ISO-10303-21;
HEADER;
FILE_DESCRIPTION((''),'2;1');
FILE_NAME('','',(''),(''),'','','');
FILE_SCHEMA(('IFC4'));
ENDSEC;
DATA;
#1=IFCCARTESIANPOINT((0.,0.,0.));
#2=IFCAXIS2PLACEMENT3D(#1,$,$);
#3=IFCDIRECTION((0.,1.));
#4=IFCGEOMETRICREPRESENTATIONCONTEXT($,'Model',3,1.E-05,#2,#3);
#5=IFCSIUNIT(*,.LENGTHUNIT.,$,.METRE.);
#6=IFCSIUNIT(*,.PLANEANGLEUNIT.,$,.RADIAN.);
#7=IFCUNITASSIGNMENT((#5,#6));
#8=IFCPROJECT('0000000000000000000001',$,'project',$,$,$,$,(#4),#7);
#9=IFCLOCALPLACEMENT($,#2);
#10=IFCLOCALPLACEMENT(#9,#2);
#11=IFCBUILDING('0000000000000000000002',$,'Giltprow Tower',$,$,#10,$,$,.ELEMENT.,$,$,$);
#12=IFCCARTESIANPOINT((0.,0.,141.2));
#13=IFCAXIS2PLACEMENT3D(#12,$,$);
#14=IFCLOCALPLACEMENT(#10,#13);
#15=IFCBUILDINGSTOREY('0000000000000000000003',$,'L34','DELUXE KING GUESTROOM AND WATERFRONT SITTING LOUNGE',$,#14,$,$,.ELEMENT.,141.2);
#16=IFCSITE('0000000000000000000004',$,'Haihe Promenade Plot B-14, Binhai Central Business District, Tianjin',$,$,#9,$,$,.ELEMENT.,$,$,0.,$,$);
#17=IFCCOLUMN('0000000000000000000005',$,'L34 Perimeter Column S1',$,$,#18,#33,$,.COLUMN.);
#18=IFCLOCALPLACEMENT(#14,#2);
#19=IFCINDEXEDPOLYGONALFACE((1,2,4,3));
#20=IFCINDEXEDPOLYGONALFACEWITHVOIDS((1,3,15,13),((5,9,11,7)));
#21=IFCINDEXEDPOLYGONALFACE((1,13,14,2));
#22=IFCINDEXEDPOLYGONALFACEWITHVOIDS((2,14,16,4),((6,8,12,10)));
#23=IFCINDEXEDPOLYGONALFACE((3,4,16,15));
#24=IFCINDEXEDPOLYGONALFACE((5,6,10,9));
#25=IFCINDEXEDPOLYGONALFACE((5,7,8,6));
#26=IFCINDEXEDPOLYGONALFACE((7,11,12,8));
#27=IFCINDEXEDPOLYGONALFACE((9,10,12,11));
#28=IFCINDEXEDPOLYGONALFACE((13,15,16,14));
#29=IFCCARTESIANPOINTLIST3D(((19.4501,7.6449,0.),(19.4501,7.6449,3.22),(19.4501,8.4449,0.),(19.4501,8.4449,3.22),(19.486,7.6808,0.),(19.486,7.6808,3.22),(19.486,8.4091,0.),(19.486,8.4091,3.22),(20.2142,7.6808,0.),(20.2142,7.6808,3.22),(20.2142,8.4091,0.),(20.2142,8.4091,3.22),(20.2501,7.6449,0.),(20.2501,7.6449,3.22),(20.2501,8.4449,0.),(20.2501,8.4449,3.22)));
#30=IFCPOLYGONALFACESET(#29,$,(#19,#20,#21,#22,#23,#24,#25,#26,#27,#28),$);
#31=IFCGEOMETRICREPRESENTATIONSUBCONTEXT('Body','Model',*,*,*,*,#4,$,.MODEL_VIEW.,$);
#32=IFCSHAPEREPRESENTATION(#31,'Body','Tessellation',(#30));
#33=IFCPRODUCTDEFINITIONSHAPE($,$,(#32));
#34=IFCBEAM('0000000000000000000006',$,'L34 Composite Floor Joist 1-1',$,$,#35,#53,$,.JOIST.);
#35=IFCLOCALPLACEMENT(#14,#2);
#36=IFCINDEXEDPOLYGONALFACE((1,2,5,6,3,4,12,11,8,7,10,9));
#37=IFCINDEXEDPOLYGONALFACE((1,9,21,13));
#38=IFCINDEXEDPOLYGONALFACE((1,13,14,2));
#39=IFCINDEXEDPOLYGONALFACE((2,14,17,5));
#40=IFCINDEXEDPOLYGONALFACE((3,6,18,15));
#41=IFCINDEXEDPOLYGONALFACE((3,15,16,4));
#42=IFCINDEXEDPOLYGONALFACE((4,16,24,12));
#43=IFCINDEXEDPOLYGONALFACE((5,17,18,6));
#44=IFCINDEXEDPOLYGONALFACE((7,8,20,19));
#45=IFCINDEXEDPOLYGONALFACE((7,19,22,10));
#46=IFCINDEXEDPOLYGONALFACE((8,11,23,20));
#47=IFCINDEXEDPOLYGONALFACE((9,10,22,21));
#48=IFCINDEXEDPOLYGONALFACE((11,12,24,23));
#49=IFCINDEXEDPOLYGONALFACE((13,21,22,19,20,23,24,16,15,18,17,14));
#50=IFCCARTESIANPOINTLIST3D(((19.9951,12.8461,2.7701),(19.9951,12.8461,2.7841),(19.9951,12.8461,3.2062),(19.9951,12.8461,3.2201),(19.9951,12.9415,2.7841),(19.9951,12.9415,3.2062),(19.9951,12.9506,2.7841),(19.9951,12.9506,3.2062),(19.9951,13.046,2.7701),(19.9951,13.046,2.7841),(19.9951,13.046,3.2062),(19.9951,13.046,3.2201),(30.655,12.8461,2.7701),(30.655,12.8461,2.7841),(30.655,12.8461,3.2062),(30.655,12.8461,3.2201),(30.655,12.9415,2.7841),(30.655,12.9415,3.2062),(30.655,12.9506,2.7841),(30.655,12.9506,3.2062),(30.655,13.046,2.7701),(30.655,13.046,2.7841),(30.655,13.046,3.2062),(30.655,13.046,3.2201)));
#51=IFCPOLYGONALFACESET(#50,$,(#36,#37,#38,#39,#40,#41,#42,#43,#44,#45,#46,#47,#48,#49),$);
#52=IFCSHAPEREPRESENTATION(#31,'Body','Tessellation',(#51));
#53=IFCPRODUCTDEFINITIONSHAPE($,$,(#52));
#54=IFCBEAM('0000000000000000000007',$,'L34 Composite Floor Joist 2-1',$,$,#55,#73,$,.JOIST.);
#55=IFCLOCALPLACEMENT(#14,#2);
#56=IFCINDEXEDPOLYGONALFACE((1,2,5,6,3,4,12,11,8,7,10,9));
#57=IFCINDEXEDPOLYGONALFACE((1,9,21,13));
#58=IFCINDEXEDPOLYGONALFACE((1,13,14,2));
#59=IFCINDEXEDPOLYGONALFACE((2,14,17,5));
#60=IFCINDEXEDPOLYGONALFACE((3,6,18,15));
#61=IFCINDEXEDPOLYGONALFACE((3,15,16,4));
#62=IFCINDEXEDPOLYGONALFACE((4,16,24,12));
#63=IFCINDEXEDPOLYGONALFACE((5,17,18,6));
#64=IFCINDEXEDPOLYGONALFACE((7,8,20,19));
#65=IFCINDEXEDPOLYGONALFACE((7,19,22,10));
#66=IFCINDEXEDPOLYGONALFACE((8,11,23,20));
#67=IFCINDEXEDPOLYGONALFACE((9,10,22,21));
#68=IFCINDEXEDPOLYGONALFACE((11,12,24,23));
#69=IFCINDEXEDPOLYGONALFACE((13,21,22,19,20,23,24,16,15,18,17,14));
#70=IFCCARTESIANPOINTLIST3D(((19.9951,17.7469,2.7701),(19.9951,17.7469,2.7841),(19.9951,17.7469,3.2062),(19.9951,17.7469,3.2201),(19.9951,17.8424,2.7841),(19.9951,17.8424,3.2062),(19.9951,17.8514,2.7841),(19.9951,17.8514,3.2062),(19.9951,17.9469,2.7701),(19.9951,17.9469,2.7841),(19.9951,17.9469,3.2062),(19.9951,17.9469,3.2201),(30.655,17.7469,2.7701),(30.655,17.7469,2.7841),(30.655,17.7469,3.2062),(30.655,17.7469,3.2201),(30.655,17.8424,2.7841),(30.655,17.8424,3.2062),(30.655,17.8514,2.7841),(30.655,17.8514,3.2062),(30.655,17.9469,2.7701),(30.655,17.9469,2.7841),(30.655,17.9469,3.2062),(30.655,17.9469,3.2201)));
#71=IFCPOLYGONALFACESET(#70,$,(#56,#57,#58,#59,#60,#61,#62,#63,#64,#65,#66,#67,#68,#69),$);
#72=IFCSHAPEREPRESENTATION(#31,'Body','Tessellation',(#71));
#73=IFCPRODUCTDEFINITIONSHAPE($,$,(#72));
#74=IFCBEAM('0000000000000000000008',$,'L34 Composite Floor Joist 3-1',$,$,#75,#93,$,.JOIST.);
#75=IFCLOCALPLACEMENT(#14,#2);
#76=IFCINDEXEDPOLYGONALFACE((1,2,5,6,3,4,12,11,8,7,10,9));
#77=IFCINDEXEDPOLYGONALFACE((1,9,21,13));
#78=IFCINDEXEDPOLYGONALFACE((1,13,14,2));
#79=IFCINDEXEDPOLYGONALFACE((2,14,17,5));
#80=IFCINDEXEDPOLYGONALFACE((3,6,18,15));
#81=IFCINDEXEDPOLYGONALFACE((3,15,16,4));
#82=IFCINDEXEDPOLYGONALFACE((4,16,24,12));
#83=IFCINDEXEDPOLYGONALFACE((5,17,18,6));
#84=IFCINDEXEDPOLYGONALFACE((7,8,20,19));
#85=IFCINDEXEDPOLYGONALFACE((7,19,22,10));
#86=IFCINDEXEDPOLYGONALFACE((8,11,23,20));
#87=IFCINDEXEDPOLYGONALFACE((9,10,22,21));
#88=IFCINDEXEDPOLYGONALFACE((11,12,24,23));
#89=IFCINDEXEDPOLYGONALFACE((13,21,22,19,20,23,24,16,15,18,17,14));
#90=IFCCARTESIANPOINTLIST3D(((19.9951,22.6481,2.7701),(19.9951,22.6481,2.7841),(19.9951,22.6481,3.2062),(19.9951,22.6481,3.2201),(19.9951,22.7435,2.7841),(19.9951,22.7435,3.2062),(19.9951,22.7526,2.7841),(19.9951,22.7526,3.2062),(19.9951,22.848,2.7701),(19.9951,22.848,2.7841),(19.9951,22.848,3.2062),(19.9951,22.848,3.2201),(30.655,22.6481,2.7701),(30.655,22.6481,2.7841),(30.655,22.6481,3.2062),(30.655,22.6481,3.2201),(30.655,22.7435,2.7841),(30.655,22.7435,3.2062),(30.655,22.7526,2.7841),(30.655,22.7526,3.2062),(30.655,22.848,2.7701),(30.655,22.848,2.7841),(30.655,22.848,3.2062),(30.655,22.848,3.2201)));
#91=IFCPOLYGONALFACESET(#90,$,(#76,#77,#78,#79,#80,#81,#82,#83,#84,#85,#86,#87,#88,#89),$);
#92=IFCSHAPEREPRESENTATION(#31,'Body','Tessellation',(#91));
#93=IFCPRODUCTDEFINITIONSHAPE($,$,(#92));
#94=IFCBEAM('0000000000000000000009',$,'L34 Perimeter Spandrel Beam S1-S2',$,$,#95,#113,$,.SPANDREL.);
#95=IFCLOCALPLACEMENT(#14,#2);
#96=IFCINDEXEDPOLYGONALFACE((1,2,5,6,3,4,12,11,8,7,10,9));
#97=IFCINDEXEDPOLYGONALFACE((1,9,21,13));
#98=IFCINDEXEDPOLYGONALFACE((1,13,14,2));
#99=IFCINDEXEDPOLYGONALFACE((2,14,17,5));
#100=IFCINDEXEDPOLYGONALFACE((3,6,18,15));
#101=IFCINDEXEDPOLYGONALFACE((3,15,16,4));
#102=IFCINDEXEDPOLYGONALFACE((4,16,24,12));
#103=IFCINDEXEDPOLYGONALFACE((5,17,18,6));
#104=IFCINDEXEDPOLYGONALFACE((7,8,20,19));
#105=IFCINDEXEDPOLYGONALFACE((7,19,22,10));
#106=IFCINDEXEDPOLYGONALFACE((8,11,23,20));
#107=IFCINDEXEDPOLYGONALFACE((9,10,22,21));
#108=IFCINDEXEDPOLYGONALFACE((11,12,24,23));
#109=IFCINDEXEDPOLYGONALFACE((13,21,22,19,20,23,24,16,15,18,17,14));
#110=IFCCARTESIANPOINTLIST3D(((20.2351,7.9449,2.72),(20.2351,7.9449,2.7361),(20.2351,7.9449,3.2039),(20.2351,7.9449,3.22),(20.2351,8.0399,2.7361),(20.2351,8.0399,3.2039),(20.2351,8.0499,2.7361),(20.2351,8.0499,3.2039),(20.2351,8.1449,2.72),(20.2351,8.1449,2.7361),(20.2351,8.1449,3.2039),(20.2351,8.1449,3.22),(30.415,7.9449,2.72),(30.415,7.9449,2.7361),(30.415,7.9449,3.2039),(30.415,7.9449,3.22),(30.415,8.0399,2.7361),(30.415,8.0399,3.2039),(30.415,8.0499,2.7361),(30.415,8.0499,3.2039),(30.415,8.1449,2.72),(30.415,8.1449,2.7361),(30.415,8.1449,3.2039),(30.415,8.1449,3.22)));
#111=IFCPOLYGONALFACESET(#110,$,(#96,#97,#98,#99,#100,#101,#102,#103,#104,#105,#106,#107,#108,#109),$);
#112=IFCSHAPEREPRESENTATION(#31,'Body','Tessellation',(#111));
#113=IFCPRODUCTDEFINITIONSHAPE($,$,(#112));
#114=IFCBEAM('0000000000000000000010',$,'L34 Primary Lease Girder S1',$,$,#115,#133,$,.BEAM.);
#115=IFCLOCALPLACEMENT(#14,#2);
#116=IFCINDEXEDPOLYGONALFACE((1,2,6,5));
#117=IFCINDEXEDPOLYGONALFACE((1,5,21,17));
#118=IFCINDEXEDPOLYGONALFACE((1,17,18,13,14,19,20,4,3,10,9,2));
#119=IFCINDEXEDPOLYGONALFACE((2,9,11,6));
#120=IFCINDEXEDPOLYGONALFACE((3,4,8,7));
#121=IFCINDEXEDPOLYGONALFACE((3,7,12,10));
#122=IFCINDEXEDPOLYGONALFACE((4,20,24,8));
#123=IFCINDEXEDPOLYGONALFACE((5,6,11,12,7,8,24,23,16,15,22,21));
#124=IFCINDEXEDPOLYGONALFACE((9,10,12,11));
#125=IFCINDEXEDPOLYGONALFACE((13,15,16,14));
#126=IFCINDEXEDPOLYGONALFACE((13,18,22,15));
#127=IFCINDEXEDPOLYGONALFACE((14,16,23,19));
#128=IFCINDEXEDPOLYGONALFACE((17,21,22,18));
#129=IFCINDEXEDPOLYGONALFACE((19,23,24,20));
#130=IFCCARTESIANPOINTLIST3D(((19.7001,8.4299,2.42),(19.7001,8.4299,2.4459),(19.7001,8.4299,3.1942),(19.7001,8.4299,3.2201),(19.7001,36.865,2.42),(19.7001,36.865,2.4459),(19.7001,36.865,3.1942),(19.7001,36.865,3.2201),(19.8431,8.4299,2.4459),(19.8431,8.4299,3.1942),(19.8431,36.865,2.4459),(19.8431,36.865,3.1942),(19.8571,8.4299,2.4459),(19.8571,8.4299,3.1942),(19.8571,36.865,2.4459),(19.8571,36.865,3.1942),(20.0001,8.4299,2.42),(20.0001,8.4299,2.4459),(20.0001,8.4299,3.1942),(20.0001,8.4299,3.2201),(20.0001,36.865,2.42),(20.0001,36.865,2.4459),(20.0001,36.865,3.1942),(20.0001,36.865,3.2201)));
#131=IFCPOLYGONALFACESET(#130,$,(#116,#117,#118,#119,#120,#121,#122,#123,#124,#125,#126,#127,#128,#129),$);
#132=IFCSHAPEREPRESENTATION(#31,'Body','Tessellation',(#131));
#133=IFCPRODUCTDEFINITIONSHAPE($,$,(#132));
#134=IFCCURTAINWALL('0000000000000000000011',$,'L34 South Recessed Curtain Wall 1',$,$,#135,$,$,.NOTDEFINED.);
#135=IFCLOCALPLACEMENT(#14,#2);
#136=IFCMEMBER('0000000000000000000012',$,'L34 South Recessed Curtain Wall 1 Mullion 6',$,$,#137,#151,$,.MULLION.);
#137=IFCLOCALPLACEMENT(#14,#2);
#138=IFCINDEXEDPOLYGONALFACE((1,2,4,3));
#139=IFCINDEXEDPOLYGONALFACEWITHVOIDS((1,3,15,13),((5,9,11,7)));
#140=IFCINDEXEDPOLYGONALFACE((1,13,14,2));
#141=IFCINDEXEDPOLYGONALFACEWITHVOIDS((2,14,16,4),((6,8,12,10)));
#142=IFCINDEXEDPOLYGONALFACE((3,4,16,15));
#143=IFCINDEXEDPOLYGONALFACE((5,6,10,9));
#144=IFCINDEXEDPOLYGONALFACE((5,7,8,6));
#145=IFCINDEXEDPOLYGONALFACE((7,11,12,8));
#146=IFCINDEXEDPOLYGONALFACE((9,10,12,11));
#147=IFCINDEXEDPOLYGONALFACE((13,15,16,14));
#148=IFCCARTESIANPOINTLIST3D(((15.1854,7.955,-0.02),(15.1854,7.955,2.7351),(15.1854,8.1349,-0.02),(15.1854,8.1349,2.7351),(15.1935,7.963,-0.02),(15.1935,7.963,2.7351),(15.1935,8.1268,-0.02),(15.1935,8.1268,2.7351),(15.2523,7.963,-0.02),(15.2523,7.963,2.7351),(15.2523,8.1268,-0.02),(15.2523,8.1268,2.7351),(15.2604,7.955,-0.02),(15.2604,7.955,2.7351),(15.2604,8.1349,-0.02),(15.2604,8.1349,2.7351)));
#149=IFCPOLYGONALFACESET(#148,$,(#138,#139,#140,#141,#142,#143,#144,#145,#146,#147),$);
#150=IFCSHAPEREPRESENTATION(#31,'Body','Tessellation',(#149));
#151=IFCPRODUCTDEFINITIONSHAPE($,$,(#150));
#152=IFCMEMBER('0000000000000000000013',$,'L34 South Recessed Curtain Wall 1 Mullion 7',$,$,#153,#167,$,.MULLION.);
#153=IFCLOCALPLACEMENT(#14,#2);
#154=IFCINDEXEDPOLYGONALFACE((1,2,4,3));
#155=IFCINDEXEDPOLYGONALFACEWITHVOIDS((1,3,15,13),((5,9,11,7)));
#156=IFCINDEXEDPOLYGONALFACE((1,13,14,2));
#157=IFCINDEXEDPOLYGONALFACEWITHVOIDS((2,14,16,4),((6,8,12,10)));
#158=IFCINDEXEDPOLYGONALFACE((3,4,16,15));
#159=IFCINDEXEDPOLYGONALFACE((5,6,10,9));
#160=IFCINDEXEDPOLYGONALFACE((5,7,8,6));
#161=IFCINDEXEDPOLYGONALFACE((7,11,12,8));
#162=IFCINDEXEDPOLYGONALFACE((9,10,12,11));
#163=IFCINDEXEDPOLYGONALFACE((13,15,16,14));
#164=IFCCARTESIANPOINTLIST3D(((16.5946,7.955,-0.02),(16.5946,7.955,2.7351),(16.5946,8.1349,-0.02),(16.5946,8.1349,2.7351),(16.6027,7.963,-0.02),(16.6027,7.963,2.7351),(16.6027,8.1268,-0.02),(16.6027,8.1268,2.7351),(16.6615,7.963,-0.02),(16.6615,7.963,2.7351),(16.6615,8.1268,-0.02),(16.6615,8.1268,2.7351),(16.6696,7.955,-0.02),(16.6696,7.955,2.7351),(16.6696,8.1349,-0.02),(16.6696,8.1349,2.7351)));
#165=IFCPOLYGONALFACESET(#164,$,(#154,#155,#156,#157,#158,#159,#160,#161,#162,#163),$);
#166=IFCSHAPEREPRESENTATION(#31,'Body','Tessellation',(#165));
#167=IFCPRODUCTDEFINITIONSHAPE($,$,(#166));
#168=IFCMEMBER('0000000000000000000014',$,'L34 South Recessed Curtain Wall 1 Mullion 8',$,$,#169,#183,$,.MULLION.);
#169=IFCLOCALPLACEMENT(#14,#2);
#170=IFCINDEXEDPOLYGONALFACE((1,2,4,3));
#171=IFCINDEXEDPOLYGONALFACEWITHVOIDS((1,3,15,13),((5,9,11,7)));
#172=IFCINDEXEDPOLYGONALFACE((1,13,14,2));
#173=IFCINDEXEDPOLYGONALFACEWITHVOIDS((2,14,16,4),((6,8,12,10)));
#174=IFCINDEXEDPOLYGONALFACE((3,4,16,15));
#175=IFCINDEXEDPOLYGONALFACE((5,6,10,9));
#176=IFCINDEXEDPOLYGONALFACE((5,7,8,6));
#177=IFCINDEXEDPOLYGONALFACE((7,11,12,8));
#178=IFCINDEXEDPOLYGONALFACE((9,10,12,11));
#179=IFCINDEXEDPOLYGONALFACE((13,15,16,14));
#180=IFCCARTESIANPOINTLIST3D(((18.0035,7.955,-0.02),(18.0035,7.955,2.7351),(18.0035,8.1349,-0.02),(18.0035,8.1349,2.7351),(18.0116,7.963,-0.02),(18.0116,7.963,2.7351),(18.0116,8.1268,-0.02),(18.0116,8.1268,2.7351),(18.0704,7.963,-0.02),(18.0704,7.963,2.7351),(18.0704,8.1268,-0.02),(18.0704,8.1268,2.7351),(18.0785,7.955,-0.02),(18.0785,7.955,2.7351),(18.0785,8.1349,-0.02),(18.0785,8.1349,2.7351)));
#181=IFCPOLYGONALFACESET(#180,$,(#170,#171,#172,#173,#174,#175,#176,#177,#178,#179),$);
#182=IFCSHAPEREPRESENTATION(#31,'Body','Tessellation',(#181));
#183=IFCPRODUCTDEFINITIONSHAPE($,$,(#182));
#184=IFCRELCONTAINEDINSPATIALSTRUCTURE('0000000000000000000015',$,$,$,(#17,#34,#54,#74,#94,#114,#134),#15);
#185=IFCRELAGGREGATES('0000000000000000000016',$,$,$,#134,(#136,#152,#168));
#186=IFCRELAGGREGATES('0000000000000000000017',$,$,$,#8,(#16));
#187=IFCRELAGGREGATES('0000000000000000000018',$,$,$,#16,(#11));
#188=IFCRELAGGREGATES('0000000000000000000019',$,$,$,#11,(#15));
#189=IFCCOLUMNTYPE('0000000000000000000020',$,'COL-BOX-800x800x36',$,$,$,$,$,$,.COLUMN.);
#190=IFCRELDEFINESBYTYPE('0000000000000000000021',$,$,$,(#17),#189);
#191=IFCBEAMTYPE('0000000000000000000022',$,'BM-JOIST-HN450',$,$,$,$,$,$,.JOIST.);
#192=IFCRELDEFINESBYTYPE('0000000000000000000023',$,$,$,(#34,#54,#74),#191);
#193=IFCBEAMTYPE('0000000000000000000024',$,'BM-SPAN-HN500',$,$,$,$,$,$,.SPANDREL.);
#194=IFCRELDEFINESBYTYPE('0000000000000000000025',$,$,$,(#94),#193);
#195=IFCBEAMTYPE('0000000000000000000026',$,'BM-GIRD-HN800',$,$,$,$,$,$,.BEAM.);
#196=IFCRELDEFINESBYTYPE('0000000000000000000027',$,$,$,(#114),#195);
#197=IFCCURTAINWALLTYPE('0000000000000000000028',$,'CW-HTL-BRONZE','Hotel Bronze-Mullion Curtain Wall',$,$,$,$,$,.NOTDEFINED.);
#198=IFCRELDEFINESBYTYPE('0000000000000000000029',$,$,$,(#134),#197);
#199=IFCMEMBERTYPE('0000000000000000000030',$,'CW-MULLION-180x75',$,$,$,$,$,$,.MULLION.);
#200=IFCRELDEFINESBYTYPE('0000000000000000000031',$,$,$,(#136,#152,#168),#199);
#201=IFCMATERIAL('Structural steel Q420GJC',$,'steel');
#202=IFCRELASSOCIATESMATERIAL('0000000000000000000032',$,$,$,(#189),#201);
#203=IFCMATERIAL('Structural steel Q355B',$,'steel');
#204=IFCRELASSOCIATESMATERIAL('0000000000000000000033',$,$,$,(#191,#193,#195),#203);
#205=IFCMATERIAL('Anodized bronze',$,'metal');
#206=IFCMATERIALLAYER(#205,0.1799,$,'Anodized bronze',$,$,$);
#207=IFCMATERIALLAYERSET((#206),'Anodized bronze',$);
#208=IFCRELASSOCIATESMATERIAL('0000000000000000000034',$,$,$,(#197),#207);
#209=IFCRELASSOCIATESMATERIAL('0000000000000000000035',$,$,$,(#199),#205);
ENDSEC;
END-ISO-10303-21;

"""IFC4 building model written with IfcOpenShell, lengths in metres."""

from ifc_helpers import new_model, si_unit, direction, frame, origin, origin_2d, place, context, subcontext, project, spatial, hollow_rectangle, i_section, extrude, source, transform, mapped, material, layer, layer_set, material_profile, profile_set, type_object, element, aggregate, save


model = new_model("IFC4")

# Units and contexts
model_context = context("Model", 3, precision=1e-05, world=origin(), true_north=direction((0.0, 1.0)))
body_context = subcontext(model_context, "Body", "Model", "MODEL_VIEW")
ifc_project = project(units=[si_unit("LENGTHUNIT", "METRE"), si_unit("PLANEANGLEUNIT", "RADIAN")], contexts=[model_context])

# Site, building, storey
site_placement = place(None, origin())
site = spatial("IfcSite", under=ifc_project, at=site_placement, Name="Haihe Promenade Plot B-14, Binhai Central Business District, Tianjin", CompositionType="ELEMENT", RefElevation=0.0)
building_placement = place(site_placement, origin())
building = spatial("IfcBuilding", under=site, at=building_placement, Name="Giltprow Tower", CompositionType="ELEMENT")
storey_placement = place(building_placement, frame((0.0, 0.0, 141.2)))
storey = spatial("IfcBuildingStorey", under=building, at=storey_placement, Name="L34", Description="DELUXE KING GUESTROOM AND WATERFRONT SITTING LOUNGE", CompositionType="ELEMENT", Elevation=141.2)

# Column
ifc_material_1 = material(Name="Structural steel Q420GJC", Category="steel")
ifc_material_profile_1 = material_profile(ifc_material_1, hollow_rectangle(XDim=0.8, YDim=0.8, WallThickness=0.0359, at=origin_2d()), Name="BOX 800x800x36")
ifc_profile_set_1 = profile_set([ifc_material_profile_1], Name="Structural steel Q420GJC")
column_type = type_object("IfcColumnType", Name="COL-BOX-800x800x36", PredefinedType="COLUMN", material=ifc_profile_set_1)
shared_shape_1 = source(origin(), body_context, "Body", "SweptSolid", [
    extrude(hollow_rectangle(XDim=0.8, YDim=0.8, WallThickness=0.0359, at=origin_2d()), origin(), (0.0, 0.0, 1.0), 3.22),
])
column_placement = place(storey_placement, frame((19.8501, 8.0449, 0.0), z_axis=(0.0, 0.0, 1.0), x_axis=(1.0, 0.0, 0.0)))
element("IfcColumn", 1, at=column_placement, inside=storey, type_object=column_type, Name="L34 Perimeter Column S1", PredefinedType="COLUMN", context=body_context, shape_type="MappedRepresentation", body=[
    mapped(shared_shape_1, transform((0.0, 0.0, 0.0), x_axis=(1.0, 0.0, 0.0), y_axis=(0.0, 1.0, 0.0), z_axis=(0.0, 0.0, 1.0), scale=1.0)),
])

# Beams
ifc_material_2 = material(Name="Structural steel Q355B", Category="steel")
ifc_material_profile_2 = material_profile(ifc_material_2, i_section(OverallWidth=0.2, OverallDepth=0.45, WebThickness=0.009, FlangeThickness=0.0139, at=origin_2d()), Name="HN 450x200x9x14")
ifc_profile_set_2 = profile_set([ifc_material_profile_2], Name="Structural steel Q355B")
beam_type_1 = type_object("IfcBeamType", Name="BM-JOIST-HN450", PredefinedType="JOIST", material=ifc_profile_set_2)
shared_shape_2 = source(origin(), body_context, "Body", "SweptSolid", [
    extrude(i_section(OverallWidth=0.2, OverallDepth=0.45, WebThickness=0.009, FlangeThickness=0.0139, at=origin_2d()), origin(), (0.0, 0.0, 1.0), 10.6599),
])
for number, where, z_axis, x_axis, name in (
    (2, (19.9951, 12.946, 2.9951), (1.0, 0.0, 0.0), (0.0, 1.0, 0.0), "L34 Composite Floor Joist 1-1"),
    (3, (19.9951, 17.8469, 2.9951), (1.0, 0.0, 0.0), (0.0, 1.0, 0.0), "L34 Composite Floor Joist 2-1"),
    (4, (19.9951, 22.748, 2.9951), (1.0, 0.0, 0.0), (0.0, 1.0, 0.0), "L34 Composite Floor Joist 3-1"),
):
    element("IfcBeam", number, at=place(storey_placement, frame(where, z_axis=z_axis, x_axis=x_axis)), inside=storey, type_object=beam_type_1, Name=name, PredefinedType="JOIST", context=body_context, shape_type="MappedRepresentation", body=[
        mapped(shared_shape_2, transform((0.0, 0.0, 0.0), x_axis=(1.0, 0.0, 0.0), y_axis=(0.0, 1.0, 0.0), z_axis=(0.0, 0.0, 1.0), scale=1.0)),
    ])
ifc_material_profile_3 = material_profile(ifc_material_2, i_section(OverallWidth=0.2, OverallDepth=0.5, WebThickness=0.01, FlangeThickness=0.0161, at=origin_2d()), Name="HN 500x200x10x16")
ifc_profile_set_3 = profile_set([ifc_material_profile_3], Name="Structural steel Q355B")
beam_type_2 = type_object("IfcBeamType", Name="BM-SPAN-HN500", PredefinedType="SPANDREL", material=ifc_profile_set_3)
shared_shape_3 = source(origin(), body_context, "Body", "SweptSolid", [
    extrude(i_section(OverallWidth=0.2, OverallDepth=0.5, WebThickness=0.01, FlangeThickness=0.0161, at=origin_2d()), origin(), (0.0, 0.0, 1.0), 10.1799),
])
beam_1_placement = place(storey_placement, frame((20.2351, 8.0449, 2.97), z_axis=(1.0, 0.0, 0.0), x_axis=(0.0, 1.0, 0.0)))
element("IfcBeam", 5, at=beam_1_placement, inside=storey, type_object=beam_type_2, Name="L34 Perimeter Spandrel Beam S1-S2", PredefinedType="SPANDREL", context=body_context, shape_type="MappedRepresentation", body=[
    mapped(shared_shape_3, transform((0.0, 0.0, 0.0), x_axis=(1.0, 0.0, 0.0), y_axis=(0.0, 1.0, 0.0), z_axis=(0.0, 0.0, 1.0), scale=1.0)),
])
ifc_material_profile_4 = material_profile(ifc_material_2, i_section(OverallWidth=0.3, OverallDepth=0.8, WebThickness=0.0139, FlangeThickness=0.0259, at=origin_2d()), Name="HN 800x300x14x26")
ifc_profile_set_4 = profile_set([ifc_material_profile_4], Name="Structural steel Q355B")
beam_type_3 = type_object("IfcBeamType", Name="BM-GIRD-HN800", PredefinedType="BEAM", material=ifc_profile_set_4)
shared_shape_4 = source(origin(), body_context, "Body", "SweptSolid", [
    extrude(i_section(OverallWidth=0.3, OverallDepth=0.8, WebThickness=0.0139, FlangeThickness=0.0259, at=origin_2d()), origin(), (0.0, 0.0, 1.0), 28.4351),
])
beam_2_placement = place(storey_placement, frame((19.8501, 8.4299, 2.8201), z_axis=(0.0, 1.0, 0.0), x_axis=(-1.0, 0.0, 0.0)))
element("IfcBeam", 6, at=beam_2_placement, inside=storey, type_object=beam_type_3, Name="L34 Primary Lease Girder S1", PredefinedType="BEAM", context=body_context, shape_type="MappedRepresentation", body=[
    mapped(shared_shape_4, transform((0.0, 0.0, 0.0), x_axis=(1.0, 0.0, 0.0), y_axis=(0.0, 1.0, 0.0), z_axis=(0.0, 0.0, 1.0), scale=1.0)),
])

# Curtain wall, members
ifc_material_3 = material(Name="Anodized bronze", Category="metal")
ifc_layer = layer(ifc_material_3, 0.1799, Name="Anodized bronze")
ifc_layer_set = layer_set([ifc_layer], Name="Anodized bronze")
curtain_wall_type = type_object("IfcCurtainWallType", Name="CW-HTL-BRONZE", Description="Hotel Bronze-Mullion Curtain Wall", PredefinedType="NOTDEFINED", material=ifc_layer_set)
curtain_wall_placement = place(storey_placement, origin())
curtain_wall = element("IfcCurtainWall", 7, at=curtain_wall_placement, inside=storey, type_object=curtain_wall_type, Name="L34 South Recessed Curtain Wall 1", PredefinedType="NOTDEFINED")
ifc_material_profile_5 = material_profile(ifc_material_3, hollow_rectangle(XDim=0.075, YDim=0.1799, WallThickness=0.0081, at=origin_2d()), Name="RHS 180x75x8")
ifc_profile_set_5 = profile_set([ifc_material_profile_5], Name="Anodized bronze")
member_type = type_object("IfcMemberType", Name="CW-MULLION-180x75", PredefinedType="MULLION", material=ifc_profile_set_5)
shared_shape_5 = source(origin(), body_context, "Body", "SweptSolid", [
    extrude(hollow_rectangle(XDim=0.075, YDim=0.1799, WallThickness=0.0081, at=origin_2d()), origin(), (0.0, 0.0, 1.0), 2.7551),
])
member_1_placement = place(storey_placement, frame((15.2229, 8.0449, -0.02), z_axis=(0.0, 0.0, 1.0), x_axis=(1.0, 0.0, 0.0)))
member_1 = element("IfcMember", 8, at=member_1_placement, type_object=member_type, Name="L34 South Recessed Curtain Wall 1 Mullion 6", PredefinedType="MULLION", context=body_context, shape_type="MappedRepresentation", body=[
    mapped(shared_shape_5, transform((0.0, 0.0, 0.0), x_axis=(1.0, 0.0, 0.0), y_axis=(0.0, 1.0, 0.0), z_axis=(0.0, 0.0, 1.0), scale=1.0)),
])
member_2_placement = place(storey_placement, frame((16.6321, 8.0449, -0.02), z_axis=(0.0, 0.0, 1.0), x_axis=(1.0, 0.0, 0.0)))
member_2 = element("IfcMember", 9, at=member_2_placement, type_object=member_type, Name="L34 South Recessed Curtain Wall 1 Mullion 7", PredefinedType="MULLION", context=body_context, shape_type="MappedRepresentation", body=[
    mapped(shared_shape_5, transform((0.0, 0.0, 0.0), x_axis=(1.0, 0.0, 0.0), y_axis=(0.0, 1.0, 0.0), z_axis=(0.0, 0.0, 1.0), scale=1.0)),
])
member_3_placement = place(storey_placement, frame((18.041, 8.0449, -0.02), z_axis=(0.0, 0.0, 1.0), x_axis=(1.0, 0.0, 0.0)))
member_3 = element("IfcMember", 10, at=member_3_placement, type_object=member_type, Name="L34 South Recessed Curtain Wall 1 Mullion 8", PredefinedType="MULLION", context=body_context, shape_type="MappedRepresentation", body=[
    mapped(shared_shape_5, transform((0.0, 0.0, 0.0), x_axis=(1.0, 0.0, 0.0), y_axis=(0.0, 1.0, 0.0), z_axis=(0.0, 0.0, 1.0), scale=1.0)),
])
aggregate(curtain_wall, [member_1, member_2, member_3])

save(model, "model.ifc")
